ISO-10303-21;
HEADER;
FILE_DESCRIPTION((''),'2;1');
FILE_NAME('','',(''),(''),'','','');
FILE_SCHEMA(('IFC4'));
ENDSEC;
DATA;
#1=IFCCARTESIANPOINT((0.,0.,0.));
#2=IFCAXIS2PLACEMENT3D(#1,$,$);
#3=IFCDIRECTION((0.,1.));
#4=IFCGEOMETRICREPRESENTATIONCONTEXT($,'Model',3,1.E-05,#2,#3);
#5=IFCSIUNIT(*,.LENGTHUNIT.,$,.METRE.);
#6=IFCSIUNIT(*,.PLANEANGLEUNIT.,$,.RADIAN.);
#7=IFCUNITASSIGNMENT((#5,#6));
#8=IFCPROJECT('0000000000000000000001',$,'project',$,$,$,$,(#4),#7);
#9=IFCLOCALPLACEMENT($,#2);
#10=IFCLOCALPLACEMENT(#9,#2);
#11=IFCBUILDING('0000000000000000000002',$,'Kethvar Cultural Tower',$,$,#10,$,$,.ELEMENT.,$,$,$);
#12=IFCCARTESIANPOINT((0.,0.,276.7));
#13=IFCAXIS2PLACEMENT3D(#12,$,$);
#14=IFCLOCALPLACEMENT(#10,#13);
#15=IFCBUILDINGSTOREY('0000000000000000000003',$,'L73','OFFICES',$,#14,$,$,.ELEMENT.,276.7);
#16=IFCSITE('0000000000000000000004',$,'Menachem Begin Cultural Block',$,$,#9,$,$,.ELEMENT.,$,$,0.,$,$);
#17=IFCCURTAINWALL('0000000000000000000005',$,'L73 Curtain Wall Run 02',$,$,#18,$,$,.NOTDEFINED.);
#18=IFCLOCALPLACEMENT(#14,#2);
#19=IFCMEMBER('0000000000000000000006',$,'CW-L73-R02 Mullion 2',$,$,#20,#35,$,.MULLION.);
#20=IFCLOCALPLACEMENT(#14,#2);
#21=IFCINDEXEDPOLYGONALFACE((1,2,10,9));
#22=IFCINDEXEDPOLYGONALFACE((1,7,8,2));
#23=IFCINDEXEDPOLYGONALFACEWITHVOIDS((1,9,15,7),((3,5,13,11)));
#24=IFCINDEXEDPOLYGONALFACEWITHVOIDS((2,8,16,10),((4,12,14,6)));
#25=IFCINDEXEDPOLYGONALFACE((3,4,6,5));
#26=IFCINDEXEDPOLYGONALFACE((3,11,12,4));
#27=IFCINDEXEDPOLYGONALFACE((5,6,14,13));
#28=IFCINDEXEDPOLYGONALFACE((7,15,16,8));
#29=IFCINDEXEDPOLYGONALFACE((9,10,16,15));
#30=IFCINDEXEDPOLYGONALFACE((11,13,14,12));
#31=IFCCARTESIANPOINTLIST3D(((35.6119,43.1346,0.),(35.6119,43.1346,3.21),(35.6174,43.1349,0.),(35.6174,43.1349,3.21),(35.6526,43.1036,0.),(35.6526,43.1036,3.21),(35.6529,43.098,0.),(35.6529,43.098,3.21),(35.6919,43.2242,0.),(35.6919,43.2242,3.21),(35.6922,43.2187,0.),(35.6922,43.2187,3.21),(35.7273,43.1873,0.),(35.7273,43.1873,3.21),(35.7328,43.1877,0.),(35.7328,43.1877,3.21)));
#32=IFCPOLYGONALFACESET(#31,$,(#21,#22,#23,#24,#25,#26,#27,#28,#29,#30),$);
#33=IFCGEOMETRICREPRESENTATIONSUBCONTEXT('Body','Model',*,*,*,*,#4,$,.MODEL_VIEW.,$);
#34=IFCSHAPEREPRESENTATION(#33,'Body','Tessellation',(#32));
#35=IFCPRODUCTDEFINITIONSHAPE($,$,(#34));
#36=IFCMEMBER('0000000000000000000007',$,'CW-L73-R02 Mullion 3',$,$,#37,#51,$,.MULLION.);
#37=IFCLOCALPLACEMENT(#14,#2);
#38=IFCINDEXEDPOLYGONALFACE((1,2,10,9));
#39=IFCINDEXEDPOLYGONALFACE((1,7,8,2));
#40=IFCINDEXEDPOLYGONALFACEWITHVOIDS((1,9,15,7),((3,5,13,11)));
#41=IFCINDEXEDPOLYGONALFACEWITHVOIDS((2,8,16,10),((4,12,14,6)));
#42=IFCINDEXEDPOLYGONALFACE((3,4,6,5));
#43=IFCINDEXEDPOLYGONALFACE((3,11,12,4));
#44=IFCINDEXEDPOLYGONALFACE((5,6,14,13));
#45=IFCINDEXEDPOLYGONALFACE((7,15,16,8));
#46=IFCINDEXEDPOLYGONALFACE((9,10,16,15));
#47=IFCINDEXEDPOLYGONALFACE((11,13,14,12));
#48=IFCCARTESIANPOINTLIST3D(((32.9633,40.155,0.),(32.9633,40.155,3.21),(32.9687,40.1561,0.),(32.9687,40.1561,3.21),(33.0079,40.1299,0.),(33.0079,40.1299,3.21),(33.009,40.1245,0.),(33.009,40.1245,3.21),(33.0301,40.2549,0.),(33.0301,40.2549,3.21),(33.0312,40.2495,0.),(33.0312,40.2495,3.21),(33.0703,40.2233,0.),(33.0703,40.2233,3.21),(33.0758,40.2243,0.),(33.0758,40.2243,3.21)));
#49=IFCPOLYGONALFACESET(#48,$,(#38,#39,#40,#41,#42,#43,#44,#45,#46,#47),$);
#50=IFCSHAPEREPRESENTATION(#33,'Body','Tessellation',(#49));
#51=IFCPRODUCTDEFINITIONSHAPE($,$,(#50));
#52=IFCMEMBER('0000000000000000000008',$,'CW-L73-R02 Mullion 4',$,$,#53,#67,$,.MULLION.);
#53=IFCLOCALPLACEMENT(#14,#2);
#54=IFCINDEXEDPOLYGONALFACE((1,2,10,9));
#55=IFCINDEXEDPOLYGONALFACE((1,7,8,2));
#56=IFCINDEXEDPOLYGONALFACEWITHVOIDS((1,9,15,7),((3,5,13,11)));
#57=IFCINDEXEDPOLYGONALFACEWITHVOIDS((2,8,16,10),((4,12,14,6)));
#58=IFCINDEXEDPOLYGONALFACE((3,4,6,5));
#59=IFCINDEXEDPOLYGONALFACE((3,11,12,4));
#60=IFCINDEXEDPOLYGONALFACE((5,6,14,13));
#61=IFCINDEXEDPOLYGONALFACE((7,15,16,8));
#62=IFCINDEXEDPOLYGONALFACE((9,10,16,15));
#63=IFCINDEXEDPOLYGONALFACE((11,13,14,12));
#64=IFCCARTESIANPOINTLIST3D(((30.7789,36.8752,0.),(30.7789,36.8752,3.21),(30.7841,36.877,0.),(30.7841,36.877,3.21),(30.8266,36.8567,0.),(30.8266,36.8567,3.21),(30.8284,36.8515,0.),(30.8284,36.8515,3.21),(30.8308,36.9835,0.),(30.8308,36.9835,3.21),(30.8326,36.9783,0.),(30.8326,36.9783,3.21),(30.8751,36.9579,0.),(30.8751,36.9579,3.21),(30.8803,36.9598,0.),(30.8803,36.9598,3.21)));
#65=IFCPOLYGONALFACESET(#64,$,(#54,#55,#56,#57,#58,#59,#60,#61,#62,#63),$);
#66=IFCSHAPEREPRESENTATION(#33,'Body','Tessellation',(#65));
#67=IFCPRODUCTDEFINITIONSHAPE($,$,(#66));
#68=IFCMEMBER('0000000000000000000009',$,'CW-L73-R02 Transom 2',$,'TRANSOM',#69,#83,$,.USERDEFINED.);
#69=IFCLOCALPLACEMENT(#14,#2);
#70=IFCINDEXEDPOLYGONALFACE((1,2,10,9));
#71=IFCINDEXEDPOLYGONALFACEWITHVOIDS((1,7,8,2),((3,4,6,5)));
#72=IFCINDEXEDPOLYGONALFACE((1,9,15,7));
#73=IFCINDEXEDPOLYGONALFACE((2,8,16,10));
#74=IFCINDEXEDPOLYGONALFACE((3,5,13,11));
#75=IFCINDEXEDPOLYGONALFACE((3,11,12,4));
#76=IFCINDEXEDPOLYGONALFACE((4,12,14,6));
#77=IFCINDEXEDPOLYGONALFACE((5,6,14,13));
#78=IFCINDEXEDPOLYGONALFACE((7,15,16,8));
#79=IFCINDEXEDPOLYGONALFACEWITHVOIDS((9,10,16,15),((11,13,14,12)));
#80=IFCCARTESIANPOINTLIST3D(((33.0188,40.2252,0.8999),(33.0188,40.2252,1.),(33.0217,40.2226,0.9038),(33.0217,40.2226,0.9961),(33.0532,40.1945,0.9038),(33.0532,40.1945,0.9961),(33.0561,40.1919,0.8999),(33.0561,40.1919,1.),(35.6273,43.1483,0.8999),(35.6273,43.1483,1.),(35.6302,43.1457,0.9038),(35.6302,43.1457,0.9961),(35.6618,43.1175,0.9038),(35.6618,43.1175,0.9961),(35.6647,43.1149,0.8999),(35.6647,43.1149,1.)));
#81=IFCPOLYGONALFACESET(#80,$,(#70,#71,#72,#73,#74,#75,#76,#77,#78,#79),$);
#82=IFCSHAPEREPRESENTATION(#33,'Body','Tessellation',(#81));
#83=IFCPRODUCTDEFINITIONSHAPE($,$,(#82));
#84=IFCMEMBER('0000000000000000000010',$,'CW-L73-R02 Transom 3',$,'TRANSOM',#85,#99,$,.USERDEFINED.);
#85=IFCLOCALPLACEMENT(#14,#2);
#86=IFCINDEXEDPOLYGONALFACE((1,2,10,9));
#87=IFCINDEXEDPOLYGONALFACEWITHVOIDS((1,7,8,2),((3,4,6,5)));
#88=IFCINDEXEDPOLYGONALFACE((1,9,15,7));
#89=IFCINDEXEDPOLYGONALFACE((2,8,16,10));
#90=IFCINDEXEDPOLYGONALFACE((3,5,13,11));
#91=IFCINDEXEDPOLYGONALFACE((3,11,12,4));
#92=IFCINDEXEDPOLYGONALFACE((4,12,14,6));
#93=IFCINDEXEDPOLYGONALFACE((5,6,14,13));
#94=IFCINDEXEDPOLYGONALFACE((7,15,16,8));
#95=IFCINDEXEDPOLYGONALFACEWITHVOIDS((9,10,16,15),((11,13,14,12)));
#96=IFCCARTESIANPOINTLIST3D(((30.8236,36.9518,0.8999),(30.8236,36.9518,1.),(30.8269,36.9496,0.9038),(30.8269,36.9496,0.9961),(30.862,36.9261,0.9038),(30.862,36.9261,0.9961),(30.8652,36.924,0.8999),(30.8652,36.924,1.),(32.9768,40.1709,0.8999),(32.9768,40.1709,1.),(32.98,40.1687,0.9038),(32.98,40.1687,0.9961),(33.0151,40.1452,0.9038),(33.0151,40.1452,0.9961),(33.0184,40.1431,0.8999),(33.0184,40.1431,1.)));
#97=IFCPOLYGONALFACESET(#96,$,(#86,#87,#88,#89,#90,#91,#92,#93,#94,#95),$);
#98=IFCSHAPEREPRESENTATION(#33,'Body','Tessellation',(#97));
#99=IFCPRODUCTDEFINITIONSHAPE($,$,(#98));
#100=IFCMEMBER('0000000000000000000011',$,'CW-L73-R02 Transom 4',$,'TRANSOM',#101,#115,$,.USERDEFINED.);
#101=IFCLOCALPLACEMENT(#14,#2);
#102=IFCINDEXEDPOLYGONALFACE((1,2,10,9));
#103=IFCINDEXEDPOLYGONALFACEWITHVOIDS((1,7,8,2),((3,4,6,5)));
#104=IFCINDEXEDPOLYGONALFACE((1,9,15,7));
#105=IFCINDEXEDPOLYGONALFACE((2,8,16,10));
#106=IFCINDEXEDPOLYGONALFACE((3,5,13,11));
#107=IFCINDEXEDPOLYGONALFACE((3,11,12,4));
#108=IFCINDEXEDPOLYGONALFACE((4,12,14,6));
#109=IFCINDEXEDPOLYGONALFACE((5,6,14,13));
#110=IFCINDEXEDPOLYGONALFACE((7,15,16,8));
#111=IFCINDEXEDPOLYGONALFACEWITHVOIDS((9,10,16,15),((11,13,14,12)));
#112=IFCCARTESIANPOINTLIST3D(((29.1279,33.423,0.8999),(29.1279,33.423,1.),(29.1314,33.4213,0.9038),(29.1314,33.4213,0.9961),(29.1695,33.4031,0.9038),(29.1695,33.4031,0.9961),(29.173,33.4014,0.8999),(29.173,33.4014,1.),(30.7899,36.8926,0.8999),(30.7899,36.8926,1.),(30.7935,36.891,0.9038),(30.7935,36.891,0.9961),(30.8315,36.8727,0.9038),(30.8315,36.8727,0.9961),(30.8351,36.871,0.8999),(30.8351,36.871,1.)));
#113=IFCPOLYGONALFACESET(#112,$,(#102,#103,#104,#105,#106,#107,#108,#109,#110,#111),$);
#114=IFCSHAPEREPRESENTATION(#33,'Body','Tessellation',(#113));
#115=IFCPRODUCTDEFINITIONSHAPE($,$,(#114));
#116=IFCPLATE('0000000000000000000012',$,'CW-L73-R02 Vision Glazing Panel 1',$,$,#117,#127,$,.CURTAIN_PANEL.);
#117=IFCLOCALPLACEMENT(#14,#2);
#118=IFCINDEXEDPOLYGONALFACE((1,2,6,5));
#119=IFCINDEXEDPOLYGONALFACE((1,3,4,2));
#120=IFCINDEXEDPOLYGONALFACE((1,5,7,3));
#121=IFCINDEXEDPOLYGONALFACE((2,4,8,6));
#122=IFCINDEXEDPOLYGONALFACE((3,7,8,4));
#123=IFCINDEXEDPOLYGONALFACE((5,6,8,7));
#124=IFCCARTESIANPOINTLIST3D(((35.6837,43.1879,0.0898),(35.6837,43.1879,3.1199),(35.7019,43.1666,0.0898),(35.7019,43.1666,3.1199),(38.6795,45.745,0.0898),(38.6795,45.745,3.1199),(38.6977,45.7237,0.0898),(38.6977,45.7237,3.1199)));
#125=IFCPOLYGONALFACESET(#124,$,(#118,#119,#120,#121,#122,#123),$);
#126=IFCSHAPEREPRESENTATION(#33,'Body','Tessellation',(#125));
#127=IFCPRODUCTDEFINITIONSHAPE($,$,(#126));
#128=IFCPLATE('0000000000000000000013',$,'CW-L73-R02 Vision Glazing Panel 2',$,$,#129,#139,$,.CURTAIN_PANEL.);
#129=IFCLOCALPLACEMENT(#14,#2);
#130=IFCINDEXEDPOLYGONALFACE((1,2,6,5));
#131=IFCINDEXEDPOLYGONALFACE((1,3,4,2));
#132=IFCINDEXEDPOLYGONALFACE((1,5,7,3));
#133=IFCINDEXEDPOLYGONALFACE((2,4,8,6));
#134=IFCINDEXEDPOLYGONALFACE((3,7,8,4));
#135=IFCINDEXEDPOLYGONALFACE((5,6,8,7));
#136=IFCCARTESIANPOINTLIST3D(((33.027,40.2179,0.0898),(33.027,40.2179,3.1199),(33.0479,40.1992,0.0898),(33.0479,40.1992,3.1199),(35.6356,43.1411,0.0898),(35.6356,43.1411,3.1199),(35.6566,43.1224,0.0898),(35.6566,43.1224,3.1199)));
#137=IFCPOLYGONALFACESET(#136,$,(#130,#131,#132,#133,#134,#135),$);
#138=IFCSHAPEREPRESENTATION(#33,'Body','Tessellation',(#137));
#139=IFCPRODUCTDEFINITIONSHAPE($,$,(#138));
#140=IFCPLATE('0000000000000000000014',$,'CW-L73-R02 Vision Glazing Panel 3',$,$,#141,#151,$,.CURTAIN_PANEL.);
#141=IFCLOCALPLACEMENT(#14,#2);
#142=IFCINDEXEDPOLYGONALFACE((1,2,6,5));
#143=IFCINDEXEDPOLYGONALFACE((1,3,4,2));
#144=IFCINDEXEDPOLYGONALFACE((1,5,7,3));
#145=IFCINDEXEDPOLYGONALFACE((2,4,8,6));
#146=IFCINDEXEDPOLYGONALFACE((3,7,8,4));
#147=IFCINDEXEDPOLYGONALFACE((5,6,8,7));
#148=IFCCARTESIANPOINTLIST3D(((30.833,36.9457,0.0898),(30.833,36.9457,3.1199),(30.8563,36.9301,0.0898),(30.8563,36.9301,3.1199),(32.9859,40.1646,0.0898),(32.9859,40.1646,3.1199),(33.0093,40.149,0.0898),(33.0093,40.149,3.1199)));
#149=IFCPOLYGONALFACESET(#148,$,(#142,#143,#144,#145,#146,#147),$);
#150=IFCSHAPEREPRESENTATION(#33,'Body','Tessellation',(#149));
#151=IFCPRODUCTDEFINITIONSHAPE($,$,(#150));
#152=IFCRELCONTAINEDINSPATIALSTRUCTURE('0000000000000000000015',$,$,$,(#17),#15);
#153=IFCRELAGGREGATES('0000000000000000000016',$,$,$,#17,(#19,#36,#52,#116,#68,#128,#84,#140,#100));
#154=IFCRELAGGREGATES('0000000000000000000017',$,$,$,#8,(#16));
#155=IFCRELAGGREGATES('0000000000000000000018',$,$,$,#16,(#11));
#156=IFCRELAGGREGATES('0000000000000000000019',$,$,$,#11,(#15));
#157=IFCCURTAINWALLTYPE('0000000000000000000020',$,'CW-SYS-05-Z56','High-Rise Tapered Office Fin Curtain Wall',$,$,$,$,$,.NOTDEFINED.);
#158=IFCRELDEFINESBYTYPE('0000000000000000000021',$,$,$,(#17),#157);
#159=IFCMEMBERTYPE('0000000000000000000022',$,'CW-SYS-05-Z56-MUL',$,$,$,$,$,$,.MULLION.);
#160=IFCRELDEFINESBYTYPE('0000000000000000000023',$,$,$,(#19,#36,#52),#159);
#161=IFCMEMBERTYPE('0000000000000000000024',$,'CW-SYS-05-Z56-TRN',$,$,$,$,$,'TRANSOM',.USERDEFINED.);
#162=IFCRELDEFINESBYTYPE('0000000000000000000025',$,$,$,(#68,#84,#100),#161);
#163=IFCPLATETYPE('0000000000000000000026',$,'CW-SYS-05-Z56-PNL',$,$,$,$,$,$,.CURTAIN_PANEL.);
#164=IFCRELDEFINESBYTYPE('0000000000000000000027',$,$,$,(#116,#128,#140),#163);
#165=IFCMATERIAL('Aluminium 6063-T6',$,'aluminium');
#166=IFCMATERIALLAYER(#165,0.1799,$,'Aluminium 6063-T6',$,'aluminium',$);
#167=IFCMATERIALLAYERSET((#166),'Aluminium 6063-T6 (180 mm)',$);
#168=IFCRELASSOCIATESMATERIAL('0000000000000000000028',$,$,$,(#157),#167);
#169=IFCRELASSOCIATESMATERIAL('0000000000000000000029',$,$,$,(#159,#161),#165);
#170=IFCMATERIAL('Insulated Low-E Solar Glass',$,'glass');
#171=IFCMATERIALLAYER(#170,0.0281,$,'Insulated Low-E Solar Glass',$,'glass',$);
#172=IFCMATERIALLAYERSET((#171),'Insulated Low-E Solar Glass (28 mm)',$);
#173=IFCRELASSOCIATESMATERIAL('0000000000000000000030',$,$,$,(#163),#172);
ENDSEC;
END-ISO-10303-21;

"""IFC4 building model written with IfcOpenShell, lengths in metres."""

from ifc_helpers import new_model, si_unit, direction, frame, origin, origin_2d, place, context, subcontext, project, spatial, rectangle, hollow_rectangle, extrude, source, transform, mapped, material, layer, layer_set, material_profile, profile_set, type_object, element, aggregate, save


model = new_model("IFC4")

# Units and contexts
model_context = context("Model", 3, precision=1e-05, world=origin(), true_north=direction((0.0, 1.0)))
body_context = subcontext(model_context, "Body", "Model", "MODEL_VIEW")
ifc_project = project(units=[si_unit("LENGTHUNIT", "METRE"), si_unit("PLANEANGLEUNIT", "RADIAN")], contexts=[model_context])

# Site, building, storey
site_placement = place(None, origin())
site = spatial("IfcSite", under=ifc_project, at=site_placement, Name="Menachem Begin Cultural Block", CompositionType="ELEMENT", RefElevation=0.0)
building_placement = place(site_placement, origin())
building = spatial("IfcBuilding", under=site, at=building_placement, Name="Kethvar Cultural Tower", CompositionType="ELEMENT")
storey_placement = place(building_placement, frame((0.0, 0.0, 276.7)))
storey = spatial("IfcBuildingStorey", under=building, at=storey_placement, Name="L73", Description="OFFICES", CompositionType="ELEMENT", Elevation=276.7)

# Curtain wall, members, plates
ifc_material_1 = material(Name="Aluminium 6063-T6", Category="aluminium")
ifc_layer_1 = layer(ifc_material_1, 0.1799, Name="Aluminium 6063-T6", Category="aluminium")
ifc_layer_set_1 = layer_set([ifc_layer_1], Name="Aluminium 6063-T6 (180 mm)")
curtain_wall_type = type_object("IfcCurtainWallType", Name="CW-SYS-05-Z56", Description="High-Rise Tapered Office Fin Curtain Wall", PredefinedType="NOTDEFINED", material=ifc_layer_set_1)
curtain_wall_placement = place(storey_placement, origin())
curtain_wall = element("IfcCurtainWall", 1, at=curtain_wall_placement, inside=storey, type_object=curtain_wall_type, Name="L73 Curtain Wall Run 02", PredefinedType="NOTDEFINED")
ifc_material_profile_1 = material_profile(ifc_material_1, hollow_rectangle(XDim=0.0549, YDim=0.1201, WallThickness=0.0039, at=origin_2d()), Name="Aluminium 6063-T6 — RHS120x55x4")
ifc_profile_set_1 = profile_set([ifc_material_profile_1], Name="Aluminium 6063-T6 — RHS120x55x4")
member_type_1 = type_object("IfcMemberType", Name="CW-SYS-05-Z56-MUL", PredefinedType="MULLION", material=ifc_profile_set_1)
shared_shape_1 = source(origin(), body_context, "Body", "SweptSolid", [
    extrude(hollow_rectangle(XDim=0.0549, YDim=0.1201, WallThickness=0.0039, at=origin_2d()), origin(), (0.0, 0.0, 1.0), 3.21),
])
member_1_placement = place(storey_placement, frame((35.6724, 43.1611, 0.0), z_axis=(0.0, 0.0, 1.0), x_axis=(0.746115, -0.665817, 0.0)))
member_1 = element("IfcMember", 2, at=member_1_placement, type_object=member_type_1, Name="CW-L73-R02 Mullion 2", PredefinedType="MULLION", context=body_context, shape_type="MappedRepresentation", body=[
    mapped(shared_shape_1, transform((0.0, 0.0, 0.0), scale=1.0)),
])
member_2_placement = place(storey_placement, frame((33.0195, 40.1897, 0.0), z_axis=(0.0, 0.0, 1.0), x_axis=(0.831217, -0.555947, 0.0)))
member_2 = element("IfcMember", 3, at=member_2_placement, type_object=member_type_1, Name="CW-L73-R02 Mullion 3", PredefinedType="MULLION", context=body_context, shape_type="MappedRepresentation", body=[
    mapped(shared_shape_1, transform((0.0, 0.0, 0.0), scale=1.0)),
])
member_3_placement = place(storey_placement, frame((30.8296, 36.9175, 0.0), z_axis=(0.0, 0.0, 1.0), x_axis=(0.90184, -0.43207, 0.0)))
member_3 = element("IfcMember", 4, at=member_3_placement, type_object=member_type_1, Name="CW-L73-R02 Mullion 4", PredefinedType="MULLION", context=body_context, shape_type="MappedRepresentation", body=[
    mapped(shared_shape_1, transform((0.0, 0.0, 0.0), scale=1.0)),
])
ifc_material_profile_2 = material_profile(ifc_material_1, hollow_rectangle(XDim=0.05, YDim=0.1001, WallThickness=0.0039, at=origin_2d()), Name="Aluminium 6063-T6 — RHS100x50x4")
ifc_profile_set_2 = profile_set([ifc_material_profile_2], Name="Aluminium 6063-T6 — RHS100x50x4")
member_type_2 = type_object("IfcMemberType", Name="CW-SYS-05-Z56-TRN", ElementType="TRANSOM", PredefinedType="USERDEFINED", material=ifc_profile_set_2)
shared_shape_2 = source(origin(), body_context, "Body", "SweptSolid", [
    extrude(hollow_rectangle(XDim=0.05, YDim=0.1001, WallThickness=0.0039, at=origin_2d()), origin(), (0.0, 0.0, 1.0), 3.9177),
])
member_4_placement = place(storey_placement, frame((35.646, 43.1316, 0.95), z_axis=(-0.665836, -0.746098, 0.0), x_axis=(0.746098, -0.665836, 0.0)))
member_4 = element("IfcMember", 5, at=member_4_placement, type_object=member_type_2, Name="CW-L73-R02 Transom 2", ObjectType="TRANSOM", PredefinedType="USERDEFINED", context=body_context, shape_type="MappedRepresentation", body=[
    mapped(shared_shape_2, transform((0.0, 0.0, 0.0), scale=1.0)),
])
shared_shape_3 = source(origin(), body_context, "Body", "SweptSolid", [
    extrude(hollow_rectangle(XDim=0.05, YDim=0.1001, WallThickness=0.0039, at=origin_2d()), origin(), (0.0, 0.0, 1.0), 3.8728),
])
member_5_placement = place(storey_placement, frame((32.9976, 40.157, 0.95), z_axis=(-0.555965, -0.831206, 0.0), x_axis=(0.831206, -0.555965, 0.0)))
member_5 = element("IfcMember", 6, at=member_5_placement, type_object=member_type_2, Name="CW-L73-R02 Transom 3", ObjectType="TRANSOM", PredefinedType="USERDEFINED", context=body_context, shape_type="MappedRepresentation", body=[
    mapped(shared_shape_3, transform((0.0, 0.0, 0.0), scale=1.0)),
])
shared_shape_4 = source(origin(), body_context, "Body", "SweptSolid", [
    extrude(hollow_rectangle(XDim=0.05, YDim=0.1001, WallThickness=0.0039, at=origin_2d()), origin(), (0.0, 0.0, 1.0), 3.8472),
])
member_6_placement = place(storey_placement, frame((30.8125, 36.8818, 0.95), z_axis=(-0.432021, -0.901863, 0.0), x_axis=(0.901863, -0.432021, 0.0)))
member_6 = element("IfcMember", 7, at=member_6_placement, type_object=member_type_2, Name="CW-L73-R02 Transom 4", ObjectType="TRANSOM", PredefinedType="USERDEFINED", context=body_context, shape_type="MappedRepresentation", body=[
    mapped(shared_shape_4, transform((0.0, 0.0, 0.0), scale=1.0)),
])
ifc_material_2 = material(Name="Insulated Low-E Solar Glass", Category="glass")
ifc_layer_2 = layer(ifc_material_2, 0.0281, Name="Insulated Low-E Solar Glass", Category="glass")
ifc_layer_set_2 = layer_set([ifc_layer_2], Name="Insulated Low-E Solar Glass (28 mm)")
plate_type = type_object("IfcPlateType", Name="CW-SYS-05-Z56-PNL", PredefinedType="CURTAIN_PANEL", material=ifc_layer_set_2)
shared_shape_5 = source(origin(), body_context, "Body", "SweptSolid", [
    extrude(rectangle(XDim=3.9387, YDim=0.0281, at=origin_2d()), origin(), (0.0, 0.0, 1.0), 3.03),
])
plate_1_placement = place(storey_placement, frame((37.1907, 44.4558, 0.0898), z_axis=(0.0, 0.0, 1.0), x_axis=(-0.760599, -0.649222, 0.0)))
plate_1 = element("IfcPlate", 8, at=plate_1_placement, type_object=plate_type, Name="CW-L73-R02 Vision Glazing Panel 1", PredefinedType="CURTAIN_PANEL", context=body_context, shape_type="MappedRepresentation", body=[
    mapped(shared_shape_5, transform((0.0, 0.0, 0.0), scale=1.0)),
])
shared_shape_6 = source(origin(), body_context, "Body", "SweptSolid", [
    extrude(rectangle(XDim=3.918, YDim=0.0281, at=origin_2d()), origin(), (0.0, 0.0, 1.0), 3.03),
])
plate_2_placement = place(storey_placement, frame((34.3418, 41.6702, 0.0898), z_axis=(0.0, 0.0, 1.0), x_axis=(-0.665817, -0.746115, 0.0)))
plate_2 = element("IfcPlate", 9, at=plate_2_placement, type_object=plate_type, Name="CW-L73-R02 Vision Glazing Panel 2", PredefinedType="CURTAIN_PANEL", context=body_context, shape_type="MappedRepresentation", body=[
    mapped(shared_shape_6, transform((0.0, 0.0, 0.0), scale=1.0)),
])
shared_shape_7 = source(origin(), body_context, "Body", "SweptSolid", [
    extrude(rectangle(XDim=3.8726, YDim=0.0281, at=origin_2d()), origin(), (0.0, 0.0, 1.0), 3.03),
])
plate_3_placement = place(storey_placement, frame((31.9211, 38.5474, 0.0898), z_axis=(0.0, 0.0, 1.0), x_axis=(-0.555947, -0.831217, 0.0)))
plate_3 = element("IfcPlate", 10, at=plate_3_placement, type_object=plate_type, Name="CW-L73-R02 Vision Glazing Panel 3", PredefinedType="CURTAIN_PANEL", context=body_context, shape_type="MappedRepresentation", body=[
    mapped(shared_shape_7, transform((0.0, 0.0, 0.0), scale=1.0)),
])
aggregate(curtain_wall, [member_1, member_2, member_3, plate_1, member_4, plate_2, member_5, plate_3, member_6])

save(model, "model.ifc")
